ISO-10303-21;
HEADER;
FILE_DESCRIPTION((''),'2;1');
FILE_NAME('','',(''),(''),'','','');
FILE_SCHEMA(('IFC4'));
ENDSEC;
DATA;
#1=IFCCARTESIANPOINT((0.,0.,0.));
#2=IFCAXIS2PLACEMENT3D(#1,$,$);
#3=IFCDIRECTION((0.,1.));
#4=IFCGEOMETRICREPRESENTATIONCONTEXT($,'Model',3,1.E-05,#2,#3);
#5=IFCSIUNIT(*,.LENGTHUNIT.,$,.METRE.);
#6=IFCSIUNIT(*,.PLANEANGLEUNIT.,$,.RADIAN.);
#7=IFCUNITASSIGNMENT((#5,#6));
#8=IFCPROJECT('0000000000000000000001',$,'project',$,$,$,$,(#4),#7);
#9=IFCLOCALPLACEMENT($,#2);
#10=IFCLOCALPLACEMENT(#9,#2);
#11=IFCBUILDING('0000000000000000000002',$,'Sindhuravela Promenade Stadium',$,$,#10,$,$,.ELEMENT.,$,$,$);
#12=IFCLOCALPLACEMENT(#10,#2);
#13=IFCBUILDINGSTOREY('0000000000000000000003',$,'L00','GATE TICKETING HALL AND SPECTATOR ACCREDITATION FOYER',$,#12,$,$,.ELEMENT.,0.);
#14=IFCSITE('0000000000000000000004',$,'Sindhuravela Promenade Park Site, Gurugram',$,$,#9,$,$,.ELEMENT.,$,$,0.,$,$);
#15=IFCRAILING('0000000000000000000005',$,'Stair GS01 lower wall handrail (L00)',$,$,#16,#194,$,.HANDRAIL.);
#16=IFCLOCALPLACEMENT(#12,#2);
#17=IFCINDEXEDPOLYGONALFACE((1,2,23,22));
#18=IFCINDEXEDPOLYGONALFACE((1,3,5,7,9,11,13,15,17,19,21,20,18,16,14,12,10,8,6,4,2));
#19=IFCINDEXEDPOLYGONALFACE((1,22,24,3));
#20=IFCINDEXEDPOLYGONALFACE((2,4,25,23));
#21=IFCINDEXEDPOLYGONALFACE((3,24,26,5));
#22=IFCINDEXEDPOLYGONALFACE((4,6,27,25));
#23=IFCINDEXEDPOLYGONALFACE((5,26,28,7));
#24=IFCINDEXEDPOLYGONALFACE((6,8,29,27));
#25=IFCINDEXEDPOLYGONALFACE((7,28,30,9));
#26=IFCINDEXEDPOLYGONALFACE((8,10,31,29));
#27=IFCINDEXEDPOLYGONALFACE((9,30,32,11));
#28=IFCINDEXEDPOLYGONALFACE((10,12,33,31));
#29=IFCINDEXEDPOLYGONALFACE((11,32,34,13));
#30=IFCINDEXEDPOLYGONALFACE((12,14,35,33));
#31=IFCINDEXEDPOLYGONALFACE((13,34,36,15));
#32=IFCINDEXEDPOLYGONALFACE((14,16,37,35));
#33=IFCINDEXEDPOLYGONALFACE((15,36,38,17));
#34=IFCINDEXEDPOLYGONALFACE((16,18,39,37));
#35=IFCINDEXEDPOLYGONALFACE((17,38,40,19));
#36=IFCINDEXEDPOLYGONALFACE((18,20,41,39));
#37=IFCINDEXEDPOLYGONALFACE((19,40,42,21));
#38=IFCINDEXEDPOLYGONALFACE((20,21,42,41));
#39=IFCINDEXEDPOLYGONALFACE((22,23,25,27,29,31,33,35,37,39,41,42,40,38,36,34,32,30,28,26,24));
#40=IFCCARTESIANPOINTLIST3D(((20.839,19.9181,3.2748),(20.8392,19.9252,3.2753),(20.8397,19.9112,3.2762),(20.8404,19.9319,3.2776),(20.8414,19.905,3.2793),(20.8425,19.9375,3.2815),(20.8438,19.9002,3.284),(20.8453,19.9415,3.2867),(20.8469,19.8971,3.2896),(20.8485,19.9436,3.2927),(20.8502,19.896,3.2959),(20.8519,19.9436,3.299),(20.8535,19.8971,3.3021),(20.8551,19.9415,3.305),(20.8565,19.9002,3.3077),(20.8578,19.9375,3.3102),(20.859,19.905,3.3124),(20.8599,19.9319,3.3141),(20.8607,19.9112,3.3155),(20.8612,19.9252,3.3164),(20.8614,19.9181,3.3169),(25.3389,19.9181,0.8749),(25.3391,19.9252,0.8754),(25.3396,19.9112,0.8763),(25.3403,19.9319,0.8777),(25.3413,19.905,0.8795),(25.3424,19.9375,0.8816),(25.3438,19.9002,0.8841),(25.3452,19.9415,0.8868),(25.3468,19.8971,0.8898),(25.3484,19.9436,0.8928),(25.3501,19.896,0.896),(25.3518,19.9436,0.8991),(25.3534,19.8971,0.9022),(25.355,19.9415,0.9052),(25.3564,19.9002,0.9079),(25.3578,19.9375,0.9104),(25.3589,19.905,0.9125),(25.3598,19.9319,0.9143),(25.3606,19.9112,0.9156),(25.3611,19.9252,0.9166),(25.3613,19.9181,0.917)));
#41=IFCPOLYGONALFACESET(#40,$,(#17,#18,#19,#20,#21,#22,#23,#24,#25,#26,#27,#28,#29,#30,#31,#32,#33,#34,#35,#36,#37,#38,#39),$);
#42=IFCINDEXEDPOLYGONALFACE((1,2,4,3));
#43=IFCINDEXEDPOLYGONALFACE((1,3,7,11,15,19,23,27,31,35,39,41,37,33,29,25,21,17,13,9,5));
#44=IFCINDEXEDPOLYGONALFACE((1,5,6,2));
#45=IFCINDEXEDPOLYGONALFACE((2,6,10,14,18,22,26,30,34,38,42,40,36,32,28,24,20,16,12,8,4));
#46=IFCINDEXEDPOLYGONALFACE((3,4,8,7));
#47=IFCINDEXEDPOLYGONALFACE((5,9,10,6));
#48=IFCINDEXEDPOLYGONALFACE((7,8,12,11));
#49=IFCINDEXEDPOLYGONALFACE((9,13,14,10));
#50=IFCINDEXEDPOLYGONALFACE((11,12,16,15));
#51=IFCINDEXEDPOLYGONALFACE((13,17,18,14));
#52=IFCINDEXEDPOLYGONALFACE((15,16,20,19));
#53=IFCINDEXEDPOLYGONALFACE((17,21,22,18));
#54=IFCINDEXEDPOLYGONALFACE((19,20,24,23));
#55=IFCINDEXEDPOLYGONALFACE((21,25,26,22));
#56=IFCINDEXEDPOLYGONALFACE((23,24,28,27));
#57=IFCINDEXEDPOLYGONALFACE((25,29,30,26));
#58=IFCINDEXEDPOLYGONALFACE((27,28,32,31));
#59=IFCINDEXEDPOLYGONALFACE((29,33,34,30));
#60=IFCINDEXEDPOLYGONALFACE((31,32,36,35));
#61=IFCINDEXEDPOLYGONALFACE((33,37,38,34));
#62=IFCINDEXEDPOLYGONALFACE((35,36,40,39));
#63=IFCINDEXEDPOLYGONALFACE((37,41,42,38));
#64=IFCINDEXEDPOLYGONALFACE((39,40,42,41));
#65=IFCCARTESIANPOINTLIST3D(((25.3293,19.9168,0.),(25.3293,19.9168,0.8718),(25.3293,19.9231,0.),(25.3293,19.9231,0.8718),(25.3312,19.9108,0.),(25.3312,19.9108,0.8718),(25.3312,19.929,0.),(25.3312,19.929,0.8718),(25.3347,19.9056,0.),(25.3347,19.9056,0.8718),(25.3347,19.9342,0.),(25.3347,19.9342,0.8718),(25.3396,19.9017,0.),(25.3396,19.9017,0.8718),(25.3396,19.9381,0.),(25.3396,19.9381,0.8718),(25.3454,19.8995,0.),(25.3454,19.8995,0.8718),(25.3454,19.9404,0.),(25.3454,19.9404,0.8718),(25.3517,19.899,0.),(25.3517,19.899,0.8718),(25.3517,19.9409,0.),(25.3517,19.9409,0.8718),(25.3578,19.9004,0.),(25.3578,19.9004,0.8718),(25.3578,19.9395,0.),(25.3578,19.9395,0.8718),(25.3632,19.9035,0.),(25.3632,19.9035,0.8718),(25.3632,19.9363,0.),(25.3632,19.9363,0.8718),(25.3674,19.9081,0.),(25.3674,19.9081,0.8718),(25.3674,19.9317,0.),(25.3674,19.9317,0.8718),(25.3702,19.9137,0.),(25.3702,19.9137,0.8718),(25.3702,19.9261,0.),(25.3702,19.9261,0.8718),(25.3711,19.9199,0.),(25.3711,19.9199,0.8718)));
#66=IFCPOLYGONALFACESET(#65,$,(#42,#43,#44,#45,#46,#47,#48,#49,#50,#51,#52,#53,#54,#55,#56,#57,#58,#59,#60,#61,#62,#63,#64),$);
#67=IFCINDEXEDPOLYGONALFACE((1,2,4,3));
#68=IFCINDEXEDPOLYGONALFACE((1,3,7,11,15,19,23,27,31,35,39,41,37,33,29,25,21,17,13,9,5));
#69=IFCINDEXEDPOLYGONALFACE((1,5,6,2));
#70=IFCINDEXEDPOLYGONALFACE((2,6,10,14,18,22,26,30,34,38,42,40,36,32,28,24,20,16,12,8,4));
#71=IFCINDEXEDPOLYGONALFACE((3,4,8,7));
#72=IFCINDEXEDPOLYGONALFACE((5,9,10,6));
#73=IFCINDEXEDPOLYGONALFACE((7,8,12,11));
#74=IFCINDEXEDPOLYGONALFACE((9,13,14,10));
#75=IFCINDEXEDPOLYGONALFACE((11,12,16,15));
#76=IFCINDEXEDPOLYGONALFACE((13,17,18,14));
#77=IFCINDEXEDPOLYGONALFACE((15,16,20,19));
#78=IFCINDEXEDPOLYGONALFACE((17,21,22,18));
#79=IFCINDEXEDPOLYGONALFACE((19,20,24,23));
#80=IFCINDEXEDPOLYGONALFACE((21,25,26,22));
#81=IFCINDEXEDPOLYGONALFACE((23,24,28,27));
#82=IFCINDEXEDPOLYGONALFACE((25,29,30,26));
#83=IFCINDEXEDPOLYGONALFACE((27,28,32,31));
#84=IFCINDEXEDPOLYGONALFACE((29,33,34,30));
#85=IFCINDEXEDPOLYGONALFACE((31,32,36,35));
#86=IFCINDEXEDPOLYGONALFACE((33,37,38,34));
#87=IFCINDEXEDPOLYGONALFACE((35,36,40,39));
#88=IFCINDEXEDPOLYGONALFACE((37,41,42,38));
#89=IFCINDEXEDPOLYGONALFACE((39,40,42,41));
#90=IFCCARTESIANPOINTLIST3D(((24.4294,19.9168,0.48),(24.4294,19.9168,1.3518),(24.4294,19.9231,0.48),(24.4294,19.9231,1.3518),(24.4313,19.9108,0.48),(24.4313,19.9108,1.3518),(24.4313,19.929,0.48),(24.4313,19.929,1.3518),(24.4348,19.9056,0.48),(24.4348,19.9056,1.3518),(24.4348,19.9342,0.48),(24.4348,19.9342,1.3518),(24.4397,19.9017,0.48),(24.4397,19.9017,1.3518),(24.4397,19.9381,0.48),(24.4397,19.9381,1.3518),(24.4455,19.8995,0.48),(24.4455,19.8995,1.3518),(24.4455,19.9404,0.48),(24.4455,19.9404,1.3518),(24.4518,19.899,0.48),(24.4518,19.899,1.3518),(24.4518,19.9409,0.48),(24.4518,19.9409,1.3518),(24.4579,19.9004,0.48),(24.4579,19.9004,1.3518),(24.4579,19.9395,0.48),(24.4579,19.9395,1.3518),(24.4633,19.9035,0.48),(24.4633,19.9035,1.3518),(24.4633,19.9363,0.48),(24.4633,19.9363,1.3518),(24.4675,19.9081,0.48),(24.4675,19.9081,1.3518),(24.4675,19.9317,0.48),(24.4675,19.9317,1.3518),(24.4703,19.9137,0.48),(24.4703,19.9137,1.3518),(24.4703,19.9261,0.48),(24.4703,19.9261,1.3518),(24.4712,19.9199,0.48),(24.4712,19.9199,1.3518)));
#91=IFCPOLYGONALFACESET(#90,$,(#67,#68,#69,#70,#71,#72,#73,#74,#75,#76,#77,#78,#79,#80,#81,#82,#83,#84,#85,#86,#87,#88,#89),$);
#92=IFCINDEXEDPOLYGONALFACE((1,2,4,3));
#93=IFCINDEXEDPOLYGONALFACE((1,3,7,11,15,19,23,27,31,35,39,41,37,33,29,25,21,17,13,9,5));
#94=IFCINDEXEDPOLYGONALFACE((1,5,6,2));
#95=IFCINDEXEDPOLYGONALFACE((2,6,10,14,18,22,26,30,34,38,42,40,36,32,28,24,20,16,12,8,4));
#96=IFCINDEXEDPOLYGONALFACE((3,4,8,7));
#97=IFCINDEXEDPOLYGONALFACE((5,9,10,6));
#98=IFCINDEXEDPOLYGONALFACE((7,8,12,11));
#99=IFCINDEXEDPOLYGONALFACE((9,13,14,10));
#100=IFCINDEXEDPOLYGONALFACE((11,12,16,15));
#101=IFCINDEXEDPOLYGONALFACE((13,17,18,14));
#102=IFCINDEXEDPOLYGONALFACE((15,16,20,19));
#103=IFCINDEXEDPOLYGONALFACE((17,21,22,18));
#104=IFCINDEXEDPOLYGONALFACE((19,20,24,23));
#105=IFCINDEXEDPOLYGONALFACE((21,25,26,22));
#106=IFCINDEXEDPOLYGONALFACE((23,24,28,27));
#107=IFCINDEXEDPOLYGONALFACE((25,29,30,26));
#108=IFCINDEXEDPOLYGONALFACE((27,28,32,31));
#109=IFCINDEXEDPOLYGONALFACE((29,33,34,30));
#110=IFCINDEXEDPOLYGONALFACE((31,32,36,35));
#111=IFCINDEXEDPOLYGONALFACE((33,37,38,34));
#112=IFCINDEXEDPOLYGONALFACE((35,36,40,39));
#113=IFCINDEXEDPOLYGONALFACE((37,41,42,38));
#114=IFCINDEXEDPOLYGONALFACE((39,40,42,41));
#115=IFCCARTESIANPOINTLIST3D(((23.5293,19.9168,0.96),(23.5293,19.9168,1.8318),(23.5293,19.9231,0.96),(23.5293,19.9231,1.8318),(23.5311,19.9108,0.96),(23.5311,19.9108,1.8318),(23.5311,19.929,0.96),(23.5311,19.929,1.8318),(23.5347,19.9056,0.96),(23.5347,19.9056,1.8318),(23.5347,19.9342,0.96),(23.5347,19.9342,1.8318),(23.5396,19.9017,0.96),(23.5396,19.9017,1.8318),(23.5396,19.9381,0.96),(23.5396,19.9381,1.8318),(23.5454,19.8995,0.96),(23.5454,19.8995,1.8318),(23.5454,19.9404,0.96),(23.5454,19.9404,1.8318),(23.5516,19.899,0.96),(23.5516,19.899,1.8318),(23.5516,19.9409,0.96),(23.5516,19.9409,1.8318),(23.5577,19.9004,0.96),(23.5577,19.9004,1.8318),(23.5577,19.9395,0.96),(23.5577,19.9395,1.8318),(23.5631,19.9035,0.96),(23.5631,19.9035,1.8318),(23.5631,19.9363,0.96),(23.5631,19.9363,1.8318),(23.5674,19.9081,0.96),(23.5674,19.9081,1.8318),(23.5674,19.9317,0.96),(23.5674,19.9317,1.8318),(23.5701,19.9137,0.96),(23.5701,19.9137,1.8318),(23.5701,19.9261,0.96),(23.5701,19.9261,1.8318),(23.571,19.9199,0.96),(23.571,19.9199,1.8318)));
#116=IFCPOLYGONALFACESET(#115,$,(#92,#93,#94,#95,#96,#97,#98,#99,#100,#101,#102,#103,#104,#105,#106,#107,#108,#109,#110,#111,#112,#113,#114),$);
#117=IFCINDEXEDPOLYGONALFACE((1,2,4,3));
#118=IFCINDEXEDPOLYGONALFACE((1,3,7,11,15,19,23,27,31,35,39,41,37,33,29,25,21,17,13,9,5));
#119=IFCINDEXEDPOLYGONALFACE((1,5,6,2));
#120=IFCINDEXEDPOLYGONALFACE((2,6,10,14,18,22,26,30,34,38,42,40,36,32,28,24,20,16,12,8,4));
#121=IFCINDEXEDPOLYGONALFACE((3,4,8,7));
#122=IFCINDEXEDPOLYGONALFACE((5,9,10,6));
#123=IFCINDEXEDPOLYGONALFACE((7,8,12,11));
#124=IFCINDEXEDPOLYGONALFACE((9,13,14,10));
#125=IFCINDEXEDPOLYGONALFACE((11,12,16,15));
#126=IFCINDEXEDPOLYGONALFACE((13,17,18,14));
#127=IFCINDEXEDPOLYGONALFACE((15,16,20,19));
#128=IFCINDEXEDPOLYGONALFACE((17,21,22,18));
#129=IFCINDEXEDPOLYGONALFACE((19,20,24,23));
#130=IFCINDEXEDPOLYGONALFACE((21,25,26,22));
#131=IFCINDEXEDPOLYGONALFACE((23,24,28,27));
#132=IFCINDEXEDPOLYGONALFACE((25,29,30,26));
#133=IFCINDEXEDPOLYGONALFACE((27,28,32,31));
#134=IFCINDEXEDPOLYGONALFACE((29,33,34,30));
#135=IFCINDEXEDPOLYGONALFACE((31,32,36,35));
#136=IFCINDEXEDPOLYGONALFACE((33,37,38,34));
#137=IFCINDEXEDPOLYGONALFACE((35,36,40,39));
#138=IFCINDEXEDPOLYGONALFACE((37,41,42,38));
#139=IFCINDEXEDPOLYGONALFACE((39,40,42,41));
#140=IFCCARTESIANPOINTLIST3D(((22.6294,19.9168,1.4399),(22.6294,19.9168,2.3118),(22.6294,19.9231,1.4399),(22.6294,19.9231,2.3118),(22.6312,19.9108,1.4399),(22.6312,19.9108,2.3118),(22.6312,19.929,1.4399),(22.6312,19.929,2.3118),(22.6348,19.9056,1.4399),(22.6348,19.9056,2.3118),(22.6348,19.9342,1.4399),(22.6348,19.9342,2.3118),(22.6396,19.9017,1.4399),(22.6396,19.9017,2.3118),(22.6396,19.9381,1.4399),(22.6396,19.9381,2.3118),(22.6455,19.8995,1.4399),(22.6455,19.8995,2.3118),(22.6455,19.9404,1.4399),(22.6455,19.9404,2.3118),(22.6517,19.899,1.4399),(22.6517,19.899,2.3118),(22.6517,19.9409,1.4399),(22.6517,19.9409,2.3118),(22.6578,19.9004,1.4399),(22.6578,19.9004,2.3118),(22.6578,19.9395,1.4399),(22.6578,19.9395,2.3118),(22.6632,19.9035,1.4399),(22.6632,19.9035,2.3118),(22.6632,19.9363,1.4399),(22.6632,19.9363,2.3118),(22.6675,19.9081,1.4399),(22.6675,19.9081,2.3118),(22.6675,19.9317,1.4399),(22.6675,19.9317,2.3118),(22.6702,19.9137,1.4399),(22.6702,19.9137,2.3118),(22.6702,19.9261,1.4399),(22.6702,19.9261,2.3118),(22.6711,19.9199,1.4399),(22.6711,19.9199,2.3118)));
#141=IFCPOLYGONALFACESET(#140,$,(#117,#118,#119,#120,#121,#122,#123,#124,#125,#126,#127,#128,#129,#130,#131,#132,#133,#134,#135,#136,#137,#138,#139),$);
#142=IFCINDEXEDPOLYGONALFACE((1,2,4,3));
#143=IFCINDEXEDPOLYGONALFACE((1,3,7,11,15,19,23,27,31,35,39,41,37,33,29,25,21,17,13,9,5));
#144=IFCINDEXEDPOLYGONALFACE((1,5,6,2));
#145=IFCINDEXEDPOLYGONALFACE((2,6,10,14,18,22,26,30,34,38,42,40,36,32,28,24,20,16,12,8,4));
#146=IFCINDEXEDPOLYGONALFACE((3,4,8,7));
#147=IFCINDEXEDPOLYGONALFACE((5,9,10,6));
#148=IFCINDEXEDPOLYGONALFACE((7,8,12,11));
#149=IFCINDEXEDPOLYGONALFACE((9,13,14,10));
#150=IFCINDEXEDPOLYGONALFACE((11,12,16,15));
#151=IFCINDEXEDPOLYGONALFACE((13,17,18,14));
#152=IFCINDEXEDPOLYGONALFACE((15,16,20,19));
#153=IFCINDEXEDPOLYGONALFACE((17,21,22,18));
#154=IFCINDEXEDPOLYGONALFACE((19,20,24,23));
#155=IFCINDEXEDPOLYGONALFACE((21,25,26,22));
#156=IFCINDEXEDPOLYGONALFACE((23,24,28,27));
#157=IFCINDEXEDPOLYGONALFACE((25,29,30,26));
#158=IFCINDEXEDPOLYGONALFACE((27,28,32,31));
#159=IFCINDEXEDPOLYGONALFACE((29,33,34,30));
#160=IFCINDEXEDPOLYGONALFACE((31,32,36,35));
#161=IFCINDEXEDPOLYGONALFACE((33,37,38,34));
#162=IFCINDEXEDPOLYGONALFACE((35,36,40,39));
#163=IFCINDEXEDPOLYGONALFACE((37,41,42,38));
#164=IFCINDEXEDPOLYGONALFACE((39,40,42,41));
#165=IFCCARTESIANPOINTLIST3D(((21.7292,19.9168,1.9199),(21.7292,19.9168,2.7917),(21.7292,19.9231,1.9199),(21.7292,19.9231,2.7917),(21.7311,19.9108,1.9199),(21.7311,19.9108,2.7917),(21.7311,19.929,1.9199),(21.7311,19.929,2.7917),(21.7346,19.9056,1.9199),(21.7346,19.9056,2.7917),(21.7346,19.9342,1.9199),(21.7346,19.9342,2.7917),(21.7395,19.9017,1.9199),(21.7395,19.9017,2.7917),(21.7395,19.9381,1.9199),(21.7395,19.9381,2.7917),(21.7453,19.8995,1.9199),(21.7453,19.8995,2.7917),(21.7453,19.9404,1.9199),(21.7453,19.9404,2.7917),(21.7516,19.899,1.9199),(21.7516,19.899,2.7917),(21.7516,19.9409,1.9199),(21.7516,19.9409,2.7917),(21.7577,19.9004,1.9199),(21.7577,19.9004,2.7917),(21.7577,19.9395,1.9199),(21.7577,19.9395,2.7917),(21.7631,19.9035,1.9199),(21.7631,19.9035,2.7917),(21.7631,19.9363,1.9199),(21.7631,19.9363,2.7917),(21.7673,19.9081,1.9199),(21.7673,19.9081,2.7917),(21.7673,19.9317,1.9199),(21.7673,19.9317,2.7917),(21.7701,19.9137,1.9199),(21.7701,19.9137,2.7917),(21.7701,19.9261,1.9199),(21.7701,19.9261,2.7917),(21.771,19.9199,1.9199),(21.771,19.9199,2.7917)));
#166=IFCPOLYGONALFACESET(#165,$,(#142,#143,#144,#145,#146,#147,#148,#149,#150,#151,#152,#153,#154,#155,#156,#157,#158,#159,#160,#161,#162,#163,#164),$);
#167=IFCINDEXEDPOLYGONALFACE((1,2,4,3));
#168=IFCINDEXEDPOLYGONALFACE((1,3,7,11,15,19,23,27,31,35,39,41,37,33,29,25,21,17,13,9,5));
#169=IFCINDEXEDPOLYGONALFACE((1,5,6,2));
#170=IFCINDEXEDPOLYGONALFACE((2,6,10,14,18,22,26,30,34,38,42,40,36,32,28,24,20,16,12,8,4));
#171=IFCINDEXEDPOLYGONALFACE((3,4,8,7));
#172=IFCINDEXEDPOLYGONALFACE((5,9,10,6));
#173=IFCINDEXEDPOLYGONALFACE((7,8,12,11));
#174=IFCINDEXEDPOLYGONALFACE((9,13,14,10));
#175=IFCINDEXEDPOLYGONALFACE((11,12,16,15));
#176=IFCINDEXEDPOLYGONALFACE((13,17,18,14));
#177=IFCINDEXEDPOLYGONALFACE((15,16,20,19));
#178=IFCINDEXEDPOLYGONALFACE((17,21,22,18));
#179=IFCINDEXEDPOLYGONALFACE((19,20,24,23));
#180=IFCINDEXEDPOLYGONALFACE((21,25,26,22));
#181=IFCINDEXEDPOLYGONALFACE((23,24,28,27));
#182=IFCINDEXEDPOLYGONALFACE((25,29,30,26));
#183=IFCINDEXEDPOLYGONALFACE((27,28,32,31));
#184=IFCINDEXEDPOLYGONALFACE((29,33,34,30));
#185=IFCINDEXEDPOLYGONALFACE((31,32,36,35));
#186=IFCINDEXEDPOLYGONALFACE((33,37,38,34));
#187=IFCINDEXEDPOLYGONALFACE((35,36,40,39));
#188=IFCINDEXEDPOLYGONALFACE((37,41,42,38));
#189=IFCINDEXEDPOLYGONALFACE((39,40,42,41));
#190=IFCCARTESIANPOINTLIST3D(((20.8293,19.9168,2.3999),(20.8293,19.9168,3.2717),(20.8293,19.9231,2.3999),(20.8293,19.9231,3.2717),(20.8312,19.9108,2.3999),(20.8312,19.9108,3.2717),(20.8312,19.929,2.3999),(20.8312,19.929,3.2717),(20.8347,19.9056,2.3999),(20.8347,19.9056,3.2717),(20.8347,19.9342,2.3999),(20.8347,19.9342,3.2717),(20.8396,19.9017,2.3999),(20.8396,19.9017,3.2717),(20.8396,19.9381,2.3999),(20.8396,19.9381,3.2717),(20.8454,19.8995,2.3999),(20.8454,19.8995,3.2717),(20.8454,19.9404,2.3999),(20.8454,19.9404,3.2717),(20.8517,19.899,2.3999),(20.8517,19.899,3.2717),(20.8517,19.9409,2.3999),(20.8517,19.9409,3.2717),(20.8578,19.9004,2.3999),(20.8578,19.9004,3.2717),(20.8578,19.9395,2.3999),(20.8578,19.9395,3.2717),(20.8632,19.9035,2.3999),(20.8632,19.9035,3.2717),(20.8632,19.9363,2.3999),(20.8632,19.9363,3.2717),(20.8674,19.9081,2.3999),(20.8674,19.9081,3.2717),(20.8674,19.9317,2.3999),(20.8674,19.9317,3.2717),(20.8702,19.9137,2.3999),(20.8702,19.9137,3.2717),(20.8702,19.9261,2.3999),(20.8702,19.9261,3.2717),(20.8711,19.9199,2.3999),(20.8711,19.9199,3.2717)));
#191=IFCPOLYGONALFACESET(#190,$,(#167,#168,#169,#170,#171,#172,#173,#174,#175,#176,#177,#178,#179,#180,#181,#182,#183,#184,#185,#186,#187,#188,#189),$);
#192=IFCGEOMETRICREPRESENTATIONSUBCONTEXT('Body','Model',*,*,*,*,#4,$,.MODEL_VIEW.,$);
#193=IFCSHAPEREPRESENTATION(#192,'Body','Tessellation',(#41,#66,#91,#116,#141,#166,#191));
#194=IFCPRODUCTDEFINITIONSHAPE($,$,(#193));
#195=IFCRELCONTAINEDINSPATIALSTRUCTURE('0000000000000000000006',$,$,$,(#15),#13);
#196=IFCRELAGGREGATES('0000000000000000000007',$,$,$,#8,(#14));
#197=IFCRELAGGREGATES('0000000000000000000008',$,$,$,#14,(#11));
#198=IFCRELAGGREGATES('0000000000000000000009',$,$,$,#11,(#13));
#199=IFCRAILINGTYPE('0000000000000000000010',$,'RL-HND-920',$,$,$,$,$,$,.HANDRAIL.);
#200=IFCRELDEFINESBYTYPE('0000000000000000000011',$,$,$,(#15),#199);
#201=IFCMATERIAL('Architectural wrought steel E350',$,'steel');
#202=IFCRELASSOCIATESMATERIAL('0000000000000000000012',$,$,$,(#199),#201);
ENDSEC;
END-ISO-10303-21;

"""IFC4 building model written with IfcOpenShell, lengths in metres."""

from ifc_helpers import new_model, si_unit, direction, frame, origin, origin_2d, place, context, subcontext, project, spatial, circle, extrude, material, type_object, element, save


model = new_model("IFC4")

# Units and contexts
model_context = context("Model", 3, precision=1e-05, world=origin(), true_north=direction((0.0, 1.0)))
body_context = subcontext(model_context, "Body", "Model", "MODEL_VIEW")
ifc_project = project(units=[si_unit("LENGTHUNIT", "METRE"), si_unit("PLANEANGLEUNIT", "RADIAN")], contexts=[model_context])

# Site, building, storey
site_placement = place(None, origin())
site = spatial("IfcSite", under=ifc_project, at=site_placement, Name="Sindhuravela Promenade Park Site, Gurugram", CompositionType="ELEMENT", RefElevation=0.0)
building_placement = place(site_placement, origin())
building = spatial("IfcBuilding", under=site, at=building_placement, Name="Sindhuravela Promenade Stadium", CompositionType="ELEMENT")
storey_placement = place(building_placement, origin())
storey = spatial("IfcBuildingStorey", under=building, at=storey_placement, Name="L00", Description="GATE TICKETING HALL AND SPECTATOR ACCREDITATION FOYER", CompositionType="ELEMENT", Elevation=0.0)

# Railing
ifc_material_1 = material(Name="Architectural wrought steel E350", Category="steel")
railing_type_1 = type_object("IfcRailingType", Name="RL-HND-920", PredefinedType="HANDRAIL", material=ifc_material_1)
railing_1_placement = place(storey_placement, frame((25.3501, 19.9199, 0.0)))
element("IfcRailing", 1, at=railing_1_placement, inside=storey, type_object=railing_type_1, Name="Stair GS01 lower wall handrail (L00)", PredefinedType="HANDRAIL", context=body_context, shape_type="SweptSolid", body=[
    extrude(circle(Radius=0.0239, at=origin_2d()), frame((0.0, 0.0, 0.896), z_axis=(-0.882361, 0.0, 0.470573), x_axis=(0.0, -1.0, 0.0)), (0.0, 0.0, 1.0), 5.0999),
    extrude(circle(Radius=0.021, at=origin_2d()), origin(), (0.0, 0.0, 1.0), 0.8718),
    extrude(circle(Radius=0.021, at=origin_2d()), frame((-0.8999, 0.0, 0.48)), (0.0, 0.0, 1.0), 0.8718),
    extrude(circle(Radius=0.021, at=origin_2d()), frame((-1.8, 0.0, 0.96)), (0.0, 0.0, 1.0), 0.8718),
    extrude(circle(Radius=0.021, at=origin_2d()), frame((-2.7, 0.0, 1.4399)), (0.0, 0.0, 1.0), 0.8718),
    extrude(circle(Radius=0.021, at=origin_2d()), frame((-3.6001, 0.0, 1.9199)), (0.0, 0.0, 1.0), 0.8718),
    extrude(circle(Radius=0.021, at=origin_2d()), frame((-4.5, 0.0, 2.3999)), (0.0, 0.0, 1.0), 0.8718),
])

save(model, "model.ifc")
